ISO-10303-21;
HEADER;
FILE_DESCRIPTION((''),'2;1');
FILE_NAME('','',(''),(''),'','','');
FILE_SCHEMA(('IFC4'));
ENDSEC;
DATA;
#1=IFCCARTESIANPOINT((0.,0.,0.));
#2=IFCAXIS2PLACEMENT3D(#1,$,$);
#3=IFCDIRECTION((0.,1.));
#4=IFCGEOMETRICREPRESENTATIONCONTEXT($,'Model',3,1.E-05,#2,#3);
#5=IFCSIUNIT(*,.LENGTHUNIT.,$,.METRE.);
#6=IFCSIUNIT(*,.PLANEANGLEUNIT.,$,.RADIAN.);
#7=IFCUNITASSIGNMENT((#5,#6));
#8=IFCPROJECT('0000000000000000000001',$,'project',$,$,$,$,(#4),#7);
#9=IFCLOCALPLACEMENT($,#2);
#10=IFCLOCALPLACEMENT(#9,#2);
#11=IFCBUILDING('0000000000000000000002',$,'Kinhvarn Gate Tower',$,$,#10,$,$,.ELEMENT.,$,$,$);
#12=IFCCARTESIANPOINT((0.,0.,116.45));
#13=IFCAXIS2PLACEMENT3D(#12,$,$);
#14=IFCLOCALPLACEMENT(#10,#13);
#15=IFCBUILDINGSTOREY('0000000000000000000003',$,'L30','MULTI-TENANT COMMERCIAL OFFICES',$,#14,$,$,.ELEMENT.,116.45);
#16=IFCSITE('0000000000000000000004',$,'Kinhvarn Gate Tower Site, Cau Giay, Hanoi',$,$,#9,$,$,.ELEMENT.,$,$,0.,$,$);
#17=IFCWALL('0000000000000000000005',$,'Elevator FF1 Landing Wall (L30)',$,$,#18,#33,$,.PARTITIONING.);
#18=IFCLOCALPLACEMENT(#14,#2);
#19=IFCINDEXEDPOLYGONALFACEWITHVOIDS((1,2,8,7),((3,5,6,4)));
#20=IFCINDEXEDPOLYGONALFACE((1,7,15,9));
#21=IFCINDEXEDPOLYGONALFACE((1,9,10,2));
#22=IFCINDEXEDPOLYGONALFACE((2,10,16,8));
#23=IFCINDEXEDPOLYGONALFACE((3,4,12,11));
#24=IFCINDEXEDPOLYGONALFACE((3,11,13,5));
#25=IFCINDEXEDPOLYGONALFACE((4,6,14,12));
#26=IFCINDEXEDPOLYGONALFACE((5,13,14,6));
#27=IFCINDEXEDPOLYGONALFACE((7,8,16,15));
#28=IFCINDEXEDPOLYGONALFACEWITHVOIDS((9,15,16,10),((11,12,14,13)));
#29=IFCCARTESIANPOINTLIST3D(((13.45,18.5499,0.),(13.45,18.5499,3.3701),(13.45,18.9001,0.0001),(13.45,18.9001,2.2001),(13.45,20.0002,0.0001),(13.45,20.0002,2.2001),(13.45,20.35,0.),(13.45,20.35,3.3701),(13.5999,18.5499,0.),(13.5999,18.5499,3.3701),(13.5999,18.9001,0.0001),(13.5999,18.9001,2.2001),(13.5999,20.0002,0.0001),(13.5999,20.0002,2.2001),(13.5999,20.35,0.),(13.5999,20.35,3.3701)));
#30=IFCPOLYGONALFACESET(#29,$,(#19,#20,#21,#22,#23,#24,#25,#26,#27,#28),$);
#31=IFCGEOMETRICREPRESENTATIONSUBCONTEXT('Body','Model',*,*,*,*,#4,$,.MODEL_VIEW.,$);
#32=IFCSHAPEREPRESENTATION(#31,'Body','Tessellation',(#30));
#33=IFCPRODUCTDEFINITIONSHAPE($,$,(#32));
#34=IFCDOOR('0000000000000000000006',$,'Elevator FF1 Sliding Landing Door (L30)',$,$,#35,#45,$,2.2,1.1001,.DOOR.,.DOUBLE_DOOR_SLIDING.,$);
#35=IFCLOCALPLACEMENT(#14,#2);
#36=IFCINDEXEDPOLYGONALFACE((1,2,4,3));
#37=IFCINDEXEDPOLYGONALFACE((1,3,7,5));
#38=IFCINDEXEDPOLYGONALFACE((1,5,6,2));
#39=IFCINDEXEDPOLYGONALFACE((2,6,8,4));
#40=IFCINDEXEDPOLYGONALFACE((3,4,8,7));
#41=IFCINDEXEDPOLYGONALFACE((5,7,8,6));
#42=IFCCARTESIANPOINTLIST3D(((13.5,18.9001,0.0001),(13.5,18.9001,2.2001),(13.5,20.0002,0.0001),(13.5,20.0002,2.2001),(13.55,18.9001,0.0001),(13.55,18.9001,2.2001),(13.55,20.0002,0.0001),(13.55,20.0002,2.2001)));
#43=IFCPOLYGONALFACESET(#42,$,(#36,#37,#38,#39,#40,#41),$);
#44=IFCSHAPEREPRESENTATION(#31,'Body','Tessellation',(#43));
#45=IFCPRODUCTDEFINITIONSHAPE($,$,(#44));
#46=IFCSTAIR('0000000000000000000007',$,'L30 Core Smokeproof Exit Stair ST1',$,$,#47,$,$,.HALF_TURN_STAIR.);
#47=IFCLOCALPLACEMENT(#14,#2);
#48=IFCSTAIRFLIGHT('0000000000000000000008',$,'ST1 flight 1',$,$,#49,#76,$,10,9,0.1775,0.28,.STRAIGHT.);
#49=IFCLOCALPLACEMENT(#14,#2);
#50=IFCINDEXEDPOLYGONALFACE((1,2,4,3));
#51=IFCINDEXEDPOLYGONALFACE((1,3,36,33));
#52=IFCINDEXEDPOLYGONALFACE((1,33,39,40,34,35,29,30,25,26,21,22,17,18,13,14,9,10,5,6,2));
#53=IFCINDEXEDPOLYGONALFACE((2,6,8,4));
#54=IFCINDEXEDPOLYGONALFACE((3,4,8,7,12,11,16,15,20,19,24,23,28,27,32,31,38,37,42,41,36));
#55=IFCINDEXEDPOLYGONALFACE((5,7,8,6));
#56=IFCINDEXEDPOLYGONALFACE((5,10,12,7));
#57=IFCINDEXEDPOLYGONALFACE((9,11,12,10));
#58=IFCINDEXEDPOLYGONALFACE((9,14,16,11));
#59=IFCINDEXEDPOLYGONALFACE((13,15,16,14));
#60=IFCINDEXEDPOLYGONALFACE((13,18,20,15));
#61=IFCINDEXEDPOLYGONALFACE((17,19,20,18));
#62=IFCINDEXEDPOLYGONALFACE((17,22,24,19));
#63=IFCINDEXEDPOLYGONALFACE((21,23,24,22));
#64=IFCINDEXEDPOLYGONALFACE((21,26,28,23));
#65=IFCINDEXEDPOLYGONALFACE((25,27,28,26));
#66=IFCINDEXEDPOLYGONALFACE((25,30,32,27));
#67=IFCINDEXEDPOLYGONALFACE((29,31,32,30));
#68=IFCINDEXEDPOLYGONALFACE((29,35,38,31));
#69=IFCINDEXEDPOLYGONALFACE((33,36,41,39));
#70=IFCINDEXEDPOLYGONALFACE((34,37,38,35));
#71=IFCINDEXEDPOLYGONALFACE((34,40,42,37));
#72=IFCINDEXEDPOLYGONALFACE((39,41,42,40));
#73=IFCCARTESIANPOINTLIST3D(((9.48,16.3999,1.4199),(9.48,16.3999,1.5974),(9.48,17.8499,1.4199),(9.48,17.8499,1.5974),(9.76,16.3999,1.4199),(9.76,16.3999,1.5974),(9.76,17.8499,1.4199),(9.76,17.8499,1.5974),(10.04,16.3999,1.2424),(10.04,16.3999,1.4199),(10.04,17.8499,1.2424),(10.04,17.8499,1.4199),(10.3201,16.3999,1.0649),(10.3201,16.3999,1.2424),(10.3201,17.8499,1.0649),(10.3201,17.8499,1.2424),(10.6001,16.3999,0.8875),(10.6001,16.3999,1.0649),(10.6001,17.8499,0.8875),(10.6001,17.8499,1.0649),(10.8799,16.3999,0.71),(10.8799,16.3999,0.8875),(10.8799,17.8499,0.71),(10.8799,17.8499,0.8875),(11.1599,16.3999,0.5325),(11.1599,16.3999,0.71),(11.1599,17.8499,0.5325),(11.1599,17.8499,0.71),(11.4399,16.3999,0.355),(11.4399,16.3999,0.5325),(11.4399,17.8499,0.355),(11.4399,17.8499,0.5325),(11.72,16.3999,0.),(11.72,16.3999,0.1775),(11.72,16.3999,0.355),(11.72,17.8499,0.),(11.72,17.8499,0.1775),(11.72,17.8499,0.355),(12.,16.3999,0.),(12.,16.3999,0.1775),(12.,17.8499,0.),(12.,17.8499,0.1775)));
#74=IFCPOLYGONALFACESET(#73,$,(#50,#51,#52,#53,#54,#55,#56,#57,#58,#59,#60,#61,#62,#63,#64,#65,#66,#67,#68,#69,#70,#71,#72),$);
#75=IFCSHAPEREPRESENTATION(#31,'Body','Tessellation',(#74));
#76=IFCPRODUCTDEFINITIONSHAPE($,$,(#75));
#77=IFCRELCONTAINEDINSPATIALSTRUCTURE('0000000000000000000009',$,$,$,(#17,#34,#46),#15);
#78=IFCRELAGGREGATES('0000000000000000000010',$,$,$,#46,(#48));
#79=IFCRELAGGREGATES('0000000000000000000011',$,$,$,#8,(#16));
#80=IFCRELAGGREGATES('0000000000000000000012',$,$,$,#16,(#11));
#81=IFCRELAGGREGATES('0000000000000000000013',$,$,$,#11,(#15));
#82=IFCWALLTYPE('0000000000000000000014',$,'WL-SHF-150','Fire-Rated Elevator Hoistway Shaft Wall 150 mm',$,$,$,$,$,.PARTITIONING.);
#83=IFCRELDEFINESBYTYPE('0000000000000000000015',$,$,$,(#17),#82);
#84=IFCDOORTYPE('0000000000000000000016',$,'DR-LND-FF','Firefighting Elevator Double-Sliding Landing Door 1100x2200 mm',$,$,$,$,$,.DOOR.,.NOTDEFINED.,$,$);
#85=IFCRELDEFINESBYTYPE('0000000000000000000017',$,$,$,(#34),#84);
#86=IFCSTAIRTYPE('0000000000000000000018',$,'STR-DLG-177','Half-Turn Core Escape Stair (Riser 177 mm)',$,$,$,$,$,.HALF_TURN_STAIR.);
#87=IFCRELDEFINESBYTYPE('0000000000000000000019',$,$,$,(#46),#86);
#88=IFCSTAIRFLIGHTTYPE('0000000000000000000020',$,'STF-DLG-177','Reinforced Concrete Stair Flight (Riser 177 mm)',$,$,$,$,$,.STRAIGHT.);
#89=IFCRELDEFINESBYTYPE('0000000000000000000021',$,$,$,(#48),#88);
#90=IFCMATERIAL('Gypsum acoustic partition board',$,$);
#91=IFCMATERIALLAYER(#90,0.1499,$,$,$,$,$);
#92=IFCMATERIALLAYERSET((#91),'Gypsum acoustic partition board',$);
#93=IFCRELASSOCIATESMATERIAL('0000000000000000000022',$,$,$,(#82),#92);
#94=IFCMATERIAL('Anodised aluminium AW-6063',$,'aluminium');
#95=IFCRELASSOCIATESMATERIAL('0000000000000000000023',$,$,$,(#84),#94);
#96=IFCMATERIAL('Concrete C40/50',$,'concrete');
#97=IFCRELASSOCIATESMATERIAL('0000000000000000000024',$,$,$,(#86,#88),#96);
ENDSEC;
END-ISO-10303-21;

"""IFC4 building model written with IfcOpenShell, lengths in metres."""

from ifc_helpers import new_model, si_unit, direction, frame, frame_2d, origin, place, context, subcontext, project, spatial, polyline, rectangle, outline, extrude, material, layer, layer_set, type_object, element, fill, aggregate, save


model = new_model("IFC4")

# Units and contexts
model_context = context("Model", 3, precision=1e-05, world=origin(), true_north=direction((0.0, 1.0)))
body_context = subcontext(model_context, "Body", "Model", "MODEL_VIEW")
ifc_project = project(units=[si_unit("LENGTHUNIT", "METRE"), si_unit("PLANEANGLEUNIT", "RADIAN")], contexts=[model_context])

# Site, building, storey
site_placement = place(None, origin())
site = spatial("IfcSite", under=ifc_project, at=site_placement, Name="Kinhvarn Gate Tower Site, Cau Giay, Hanoi", CompositionType="ELEMENT", RefElevation=0.0)
building_placement = place(site_placement, origin())
building = spatial("IfcBuilding", under=site, at=building_placement, Name="Kinhvarn Gate Tower", CompositionType="ELEMENT")
storey_placement = place(building_placement, frame((0.0, 0.0, 116.45)))
storey = spatial("IfcBuildingStorey", under=building, at=storey_placement, Name="L30", Description="MULTI-TENANT COMMERCIAL OFFICES", CompositionType="ELEMENT", Elevation=116.45)

# Shared definitions
ifc_material_1 = material(Name="Anodised aluminium AW-6063", Category="aluminium")

# Shared definitions
ifc_material_2 = material(Name="Gypsum acoustic partition board")

# Shared definitions
ifc_layer_1 = layer(ifc_material_2, 0.1499)
ifc_layer_set_1 = layer_set([ifc_layer_1], Name="Gypsum acoustic partition board")
wall_type_1 = type_object("IfcWallType", Name="WL-SHF-150", Description="Fire-Rated Elevator Hoistway Shaft Wall 150 mm", PredefinedType="PARTITIONING", material=ifc_layer_set_1)

# Wall, opening, door
wall_1_placement = place(storey_placement, frame((13.5249, 18.55, 0.0), z_axis=(0.0, 0.0, 1.0), x_axis=(0.0, 1.0, 0.0)))
wall_1 = element("IfcWall", 1, at=wall_1_placement, inside=storey, type_object=wall_type_1, Name="Elevator FF1 Landing Wall (L30)", PredefinedType="PARTITIONING", context=body_context, shape_type="SweptSolid", body=[
    extrude(rectangle(XDim=1.8, YDim=0.1499, at=frame_2d((0.8999, 0.0))), origin(), (0.0, 0.0, 1.0), 3.3701),
])
opening_1_placement = place(wall_1_placement, frame((0.3501, 0.0, 0.0)))
opening_1 = element("IfcOpeningElement", 2, at=opening_1_placement, cuts=wall_1, PredefinedType="OPENING", context=body_context, shape_type="SweptSolid", body=[
    extrude(rectangle(XDim=1.1001, YDim=2.2, at=frame_2d((0.55, 1.1001))), frame((0.0, 0.085, 0.0), z_axis=(0.0, -1.0, 0.0), x_axis=(1.0, 0.0, 0.0)), (0.0, 0.0, 1.0), 0.1699),
])
door_type_1 = type_object("IfcDoorType", Name="DR-LND-FF", Description="Firefighting Elevator Double-Sliding Landing Door 1100x2200 mm", OperationType="NOTDEFINED", PredefinedType="DOOR", material=ifc_material_1)
door_1_placement = place(opening_1_placement, origin())
door_1 = element("IfcDoor", 3, at=door_1_placement, inside=storey, type_object=door_type_1, Name="Elevator FF1 Sliding Landing Door (L30)", OperationType="DOUBLE_DOOR_SLIDING", OverallHeight=2.2, OverallWidth=1.1001, PredefinedType="DOOR", context=body_context, shape_type="SweptSolid", body=[
    extrude(rectangle(XDim=1.1001, YDim=2.2, at=frame_2d((0.55, 1.1001))), frame((0.0, 0.0249, 0.0), z_axis=(0.0, -1.0, 0.0), x_axis=(1.0, 0.0, 0.0)), (0.0, 0.0, 1.0), 0.05),
])
fill(opening_1, door_1)
ifc_material_3 = material(Name="Concrete C40/50", Category="concrete")

# Stair, stair flight
stair_type = type_object("IfcStairType", Name="STR-DLG-177", Description="Half-Turn Core Escape Stair (Riser 177 mm)", PredefinedType="HALF_TURN_STAIR", material=ifc_material_3)
stair_placement = place(storey_placement, origin())
stair = element("IfcStair", 4, at=stair_placement, inside=storey, type_object=stair_type, Name="L30 Core Smokeproof Exit Stair ST1", PredefinedType="HALF_TURN_STAIR")
stair_flight_type = type_object("IfcStairFlightType", Name="STF-DLG-177", Description="Reinforced Concrete Stair Flight (Riser 177 mm)", PredefinedType="STRAIGHT", material=ifc_material_3)
stair_flight_placement = place(storey_placement, frame((12.0, 17.125, 0.0), z_axis=(0.0, 0.0, 1.0), x_axis=(-1.0, 0.0, 0.0)))
stair_flight = element("IfcStairFlight", 5, at=stair_flight_placement, type_object=stair_flight_type, Name="ST1 flight 1", NumberOfRisers=10, NumberOfTreads=9, PredefinedType="STRAIGHT", RiserHeight=0.1775, TreadLength=0.28, context=body_context, shape_type="SweptSolid", body=[
    extrude(outline(polyline([(0.0, 0.0), (0.0, 0.1775), (0.28, 0.1775), (0.28, 0.355), (0.5601, 0.355), (0.5601, 0.5325), (0.8401, 0.5325), (0.8401, 0.71), (1.1201, 0.71), (1.1201, 0.8875), (1.3999, 0.8875), (1.3999, 1.0649), (1.6799, 1.0649), (1.6799, 1.2424), (1.96, 1.2424), (1.96, 1.4199), (2.24, 1.4199), (2.24, 1.5974), (2.52, 1.5974), (2.52, 1.7749), (2.52, 1.4199), (0.28, 0.0), (0.0, 0.0)])), frame((0.0, 0.7251, 0.0), z_axis=(0.0, -1.0, 0.0), x_axis=(1.0, 0.0, 0.0)), (0.0, 0.0, 1.0), 1.45),
])
aggregate(stair, [stair_flight])

save(model, "model.ifc")
